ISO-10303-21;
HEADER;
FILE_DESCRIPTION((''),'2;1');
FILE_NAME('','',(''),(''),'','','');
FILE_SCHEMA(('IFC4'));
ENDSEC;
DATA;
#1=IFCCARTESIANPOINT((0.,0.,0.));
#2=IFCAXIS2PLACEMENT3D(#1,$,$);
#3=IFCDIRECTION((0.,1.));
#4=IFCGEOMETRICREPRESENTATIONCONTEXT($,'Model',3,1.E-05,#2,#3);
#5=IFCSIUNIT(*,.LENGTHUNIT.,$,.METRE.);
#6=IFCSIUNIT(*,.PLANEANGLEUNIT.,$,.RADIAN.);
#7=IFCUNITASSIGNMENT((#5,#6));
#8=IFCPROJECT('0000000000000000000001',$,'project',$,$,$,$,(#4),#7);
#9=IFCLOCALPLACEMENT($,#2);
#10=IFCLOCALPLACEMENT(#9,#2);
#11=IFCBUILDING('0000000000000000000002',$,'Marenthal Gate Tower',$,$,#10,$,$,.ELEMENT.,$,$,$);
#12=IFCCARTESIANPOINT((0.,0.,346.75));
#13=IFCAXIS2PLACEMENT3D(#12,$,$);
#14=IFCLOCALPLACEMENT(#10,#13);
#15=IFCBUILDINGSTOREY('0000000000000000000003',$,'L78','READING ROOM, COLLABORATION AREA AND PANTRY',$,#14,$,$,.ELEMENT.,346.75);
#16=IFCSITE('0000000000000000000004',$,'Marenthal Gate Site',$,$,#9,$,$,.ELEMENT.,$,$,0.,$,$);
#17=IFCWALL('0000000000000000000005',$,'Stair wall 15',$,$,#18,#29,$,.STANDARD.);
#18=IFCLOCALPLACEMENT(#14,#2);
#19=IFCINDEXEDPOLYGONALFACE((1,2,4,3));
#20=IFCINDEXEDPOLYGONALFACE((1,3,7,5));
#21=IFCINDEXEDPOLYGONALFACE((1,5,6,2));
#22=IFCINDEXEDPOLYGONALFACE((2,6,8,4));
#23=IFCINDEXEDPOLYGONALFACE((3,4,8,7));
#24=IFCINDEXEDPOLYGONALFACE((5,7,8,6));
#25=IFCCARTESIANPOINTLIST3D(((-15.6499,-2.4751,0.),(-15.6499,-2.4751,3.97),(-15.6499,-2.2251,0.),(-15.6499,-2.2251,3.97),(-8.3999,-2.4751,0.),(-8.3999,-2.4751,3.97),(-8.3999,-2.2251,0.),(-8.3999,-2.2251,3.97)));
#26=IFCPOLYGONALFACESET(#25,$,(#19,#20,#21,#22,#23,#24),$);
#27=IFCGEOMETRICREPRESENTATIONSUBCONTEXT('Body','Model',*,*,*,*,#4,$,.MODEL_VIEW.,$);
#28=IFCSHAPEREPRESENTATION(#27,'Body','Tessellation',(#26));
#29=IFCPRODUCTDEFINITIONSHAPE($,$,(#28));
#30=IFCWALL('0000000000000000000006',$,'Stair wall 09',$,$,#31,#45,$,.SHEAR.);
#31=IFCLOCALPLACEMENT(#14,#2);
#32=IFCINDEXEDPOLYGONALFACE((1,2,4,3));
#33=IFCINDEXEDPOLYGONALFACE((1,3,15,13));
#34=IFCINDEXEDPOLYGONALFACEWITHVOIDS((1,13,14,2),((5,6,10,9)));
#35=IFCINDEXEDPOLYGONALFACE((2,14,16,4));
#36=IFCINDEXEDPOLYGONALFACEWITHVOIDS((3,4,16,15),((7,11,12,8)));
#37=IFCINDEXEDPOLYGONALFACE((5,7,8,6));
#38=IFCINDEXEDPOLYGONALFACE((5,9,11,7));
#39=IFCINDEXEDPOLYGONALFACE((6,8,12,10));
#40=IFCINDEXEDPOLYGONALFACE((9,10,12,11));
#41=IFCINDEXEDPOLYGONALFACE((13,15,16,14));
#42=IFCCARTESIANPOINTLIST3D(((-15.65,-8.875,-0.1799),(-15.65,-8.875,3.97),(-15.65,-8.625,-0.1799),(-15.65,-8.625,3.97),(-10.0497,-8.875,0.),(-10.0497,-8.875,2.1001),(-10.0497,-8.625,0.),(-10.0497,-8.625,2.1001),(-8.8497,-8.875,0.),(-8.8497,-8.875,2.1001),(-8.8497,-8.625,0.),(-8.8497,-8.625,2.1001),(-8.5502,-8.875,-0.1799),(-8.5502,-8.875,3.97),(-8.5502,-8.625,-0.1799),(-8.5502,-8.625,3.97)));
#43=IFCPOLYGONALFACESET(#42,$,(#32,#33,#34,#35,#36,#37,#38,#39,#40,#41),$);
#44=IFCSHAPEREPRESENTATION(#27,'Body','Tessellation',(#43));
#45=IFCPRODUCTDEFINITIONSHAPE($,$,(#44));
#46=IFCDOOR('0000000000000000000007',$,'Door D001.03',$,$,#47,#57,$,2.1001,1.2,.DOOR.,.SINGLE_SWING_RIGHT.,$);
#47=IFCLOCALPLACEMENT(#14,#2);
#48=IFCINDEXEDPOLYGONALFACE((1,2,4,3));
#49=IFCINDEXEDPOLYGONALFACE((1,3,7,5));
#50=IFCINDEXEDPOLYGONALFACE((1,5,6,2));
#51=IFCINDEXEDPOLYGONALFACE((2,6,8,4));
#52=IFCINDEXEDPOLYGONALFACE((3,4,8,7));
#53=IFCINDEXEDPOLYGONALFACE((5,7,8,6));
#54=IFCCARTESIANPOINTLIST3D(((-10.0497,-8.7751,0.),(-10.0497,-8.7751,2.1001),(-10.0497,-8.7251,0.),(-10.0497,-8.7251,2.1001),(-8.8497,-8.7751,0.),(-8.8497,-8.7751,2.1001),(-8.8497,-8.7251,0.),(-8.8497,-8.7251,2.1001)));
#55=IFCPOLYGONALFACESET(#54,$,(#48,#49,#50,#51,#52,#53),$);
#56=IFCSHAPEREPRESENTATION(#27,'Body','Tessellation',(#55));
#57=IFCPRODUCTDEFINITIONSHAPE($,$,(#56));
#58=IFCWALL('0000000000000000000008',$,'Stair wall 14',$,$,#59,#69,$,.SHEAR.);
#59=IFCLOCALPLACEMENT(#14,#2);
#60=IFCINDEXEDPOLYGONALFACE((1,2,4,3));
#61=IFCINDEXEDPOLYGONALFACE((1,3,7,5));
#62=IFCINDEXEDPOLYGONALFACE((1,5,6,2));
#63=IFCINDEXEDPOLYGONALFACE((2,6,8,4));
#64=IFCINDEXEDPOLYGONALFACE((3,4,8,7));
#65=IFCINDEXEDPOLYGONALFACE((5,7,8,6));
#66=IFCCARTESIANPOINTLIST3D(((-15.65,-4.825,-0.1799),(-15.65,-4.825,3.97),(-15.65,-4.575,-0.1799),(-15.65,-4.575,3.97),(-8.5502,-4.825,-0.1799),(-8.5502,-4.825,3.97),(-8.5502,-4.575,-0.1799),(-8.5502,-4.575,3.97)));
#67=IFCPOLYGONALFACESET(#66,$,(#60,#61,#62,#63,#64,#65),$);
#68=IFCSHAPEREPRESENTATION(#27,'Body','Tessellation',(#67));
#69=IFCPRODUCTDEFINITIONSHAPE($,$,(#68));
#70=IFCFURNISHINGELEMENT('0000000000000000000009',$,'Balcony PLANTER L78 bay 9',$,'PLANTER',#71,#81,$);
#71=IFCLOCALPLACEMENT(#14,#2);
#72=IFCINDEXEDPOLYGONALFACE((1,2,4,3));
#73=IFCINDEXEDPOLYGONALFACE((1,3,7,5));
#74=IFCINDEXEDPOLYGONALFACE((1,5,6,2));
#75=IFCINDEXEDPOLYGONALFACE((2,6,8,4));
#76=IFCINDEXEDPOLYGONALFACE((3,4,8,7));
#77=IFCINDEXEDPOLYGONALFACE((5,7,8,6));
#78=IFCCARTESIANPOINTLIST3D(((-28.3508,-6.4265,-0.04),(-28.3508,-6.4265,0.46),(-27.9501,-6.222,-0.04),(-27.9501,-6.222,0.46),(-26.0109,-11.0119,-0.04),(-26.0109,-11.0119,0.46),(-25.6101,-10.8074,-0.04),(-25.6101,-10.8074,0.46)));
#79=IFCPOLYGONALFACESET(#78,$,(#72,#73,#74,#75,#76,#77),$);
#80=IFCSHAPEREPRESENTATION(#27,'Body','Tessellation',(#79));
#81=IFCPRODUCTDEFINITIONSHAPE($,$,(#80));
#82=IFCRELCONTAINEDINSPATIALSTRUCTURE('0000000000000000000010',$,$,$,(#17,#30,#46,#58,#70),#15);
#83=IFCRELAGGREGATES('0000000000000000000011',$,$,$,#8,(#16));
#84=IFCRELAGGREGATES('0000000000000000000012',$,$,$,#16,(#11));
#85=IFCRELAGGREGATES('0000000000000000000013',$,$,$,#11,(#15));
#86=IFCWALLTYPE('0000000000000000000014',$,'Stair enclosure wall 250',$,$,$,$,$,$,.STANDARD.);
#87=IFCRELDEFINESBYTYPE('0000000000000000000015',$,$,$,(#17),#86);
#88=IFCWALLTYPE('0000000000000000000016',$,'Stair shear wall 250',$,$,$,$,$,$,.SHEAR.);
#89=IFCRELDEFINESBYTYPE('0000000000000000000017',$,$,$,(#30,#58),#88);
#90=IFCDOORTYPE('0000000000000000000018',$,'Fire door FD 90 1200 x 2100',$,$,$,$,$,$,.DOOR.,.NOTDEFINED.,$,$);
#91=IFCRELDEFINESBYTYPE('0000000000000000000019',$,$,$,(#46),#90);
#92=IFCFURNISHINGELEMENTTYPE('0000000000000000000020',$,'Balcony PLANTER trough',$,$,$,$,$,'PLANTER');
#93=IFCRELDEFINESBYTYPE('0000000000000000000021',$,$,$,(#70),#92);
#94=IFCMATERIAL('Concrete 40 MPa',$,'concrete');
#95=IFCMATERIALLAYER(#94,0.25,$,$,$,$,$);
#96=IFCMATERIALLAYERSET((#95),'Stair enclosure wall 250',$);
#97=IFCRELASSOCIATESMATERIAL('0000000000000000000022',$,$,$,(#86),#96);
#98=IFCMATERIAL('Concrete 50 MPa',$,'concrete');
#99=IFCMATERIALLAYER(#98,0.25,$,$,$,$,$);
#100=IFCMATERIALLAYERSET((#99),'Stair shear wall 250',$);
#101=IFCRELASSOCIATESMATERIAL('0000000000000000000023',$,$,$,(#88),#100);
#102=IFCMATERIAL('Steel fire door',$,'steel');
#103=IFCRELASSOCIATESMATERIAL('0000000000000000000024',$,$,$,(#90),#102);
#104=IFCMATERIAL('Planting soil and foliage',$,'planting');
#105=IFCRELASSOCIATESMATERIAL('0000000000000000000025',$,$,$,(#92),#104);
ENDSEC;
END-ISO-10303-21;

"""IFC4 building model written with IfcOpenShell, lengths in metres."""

from ifc_helpers import new_model, si_unit, direction, frame, frame_2d, origin, origin_2d, place, context, subcontext, project, spatial, rectangle, extrude, material, layer, layer_set, type_object, element, fill, save


model = new_model("IFC4")

# Units and contexts
model_context = context("Model", 3, precision=1e-05, world=origin(), true_north=direction((0.0, 1.0)))
body_context = subcontext(model_context, "Body", "Model", "MODEL_VIEW")
ifc_project = project(units=[si_unit("LENGTHUNIT", "METRE"), si_unit("PLANEANGLEUNIT", "RADIAN")], contexts=[model_context])

# Site, building, storey
site_placement = place(None, origin())
site = spatial("IfcSite", under=ifc_project, at=site_placement, Name="Marenthal Gate Site", CompositionType="ELEMENT", RefElevation=0.0)
building_placement = place(site_placement, origin())
building = spatial("IfcBuilding", under=site, at=building_placement, Name="Marenthal Gate Tower", CompositionType="ELEMENT")
storey_placement = place(building_placement, frame((0.0, 0.0, 346.75)))
storey = spatial("IfcBuildingStorey", under=building, at=storey_placement, Name="L78", Description="READING ROOM, COLLABORATION AREA AND PANTRY", CompositionType="ELEMENT", Elevation=346.75)

# Wall
ifc_material_1 = material(Name="Concrete 40 MPa", Category="concrete")
ifc_layer_1 = layer(ifc_material_1, 0.25)
ifc_layer_set_1 = layer_set([ifc_layer_1], Name="Stair enclosure wall 250")
wall_type_1 = type_object("IfcWallType", Name="Stair enclosure wall 250", PredefinedType="STANDARD", material=ifc_layer_set_1)
wall_1_placement = place(storey_placement, frame((-15.6499, -2.3501, 0.0), z_axis=(0.0, 0.0, 1.0), x_axis=(1.0, 0.0, 0.0)))
element("IfcWall", 1, at=wall_1_placement, inside=storey, type_object=wall_type_1, Name="Stair wall 15", PredefinedType="STANDARD", context=body_context, shape_type="SweptSolid", body=[
    extrude(rectangle(XDim=7.25, YDim=0.25, at=frame_2d((3.625, 0.0))), origin(), (0.0, 0.0, 1.0), 3.97),
])

# Wall, opening, door
ifc_material_2 = material(Name="Concrete 50 MPa", Category="concrete")
ifc_layer_2 = layer(ifc_material_2, 0.25)
ifc_layer_set_2 = layer_set([ifc_layer_2], Name="Stair shear wall 250")
wall_type_2 = type_object("IfcWallType", Name="Stair shear wall 250", PredefinedType="SHEAR", material=ifc_layer_set_2)
wall_2_placement = place(storey_placement, frame((-15.6499, -8.75, -0.1799), z_axis=(0.0, 0.0, 1.0), x_axis=(1.0, 0.0, 0.0)))
wall_2 = element("IfcWall", 2, at=wall_2_placement, inside=storey, type_object=wall_type_2, Name="Stair wall 09", PredefinedType="SHEAR", context=body_context, shape_type="SweptSolid", body=[
    extrude(rectangle(XDim=7.0999, YDim=0.25, at=frame_2d((3.5498, 0.0))), origin(), (0.0, 0.0, 1.0), 4.1499),
])
opening_1_placement = place(wall_2_placement, frame((5.6001, 0.0, 0.1799)))
opening_1 = element("IfcOpeningElement", 3, at=opening_1_placement, cuts=wall_2, PredefinedType="OPENING", context=body_context, shape_type="SweptSolid", body=[
    extrude(rectangle(XDim=1.2, YDim=2.1001, at=frame_2d((0.6001, 1.05))), frame((0.0, 0.135, 0.0), z_axis=(0.0, -1.0, 0.0), x_axis=(1.0, 0.0, 0.0)), (0.0, 0.0, 1.0), 0.27),
])
ifc_material_3 = material(Name="Steel fire door", Category="steel")
door_type_1 = type_object("IfcDoorType", Name="Fire door FD 90 1200 x 2100", OperationType="NOTDEFINED", PredefinedType="DOOR", material=ifc_material_3)
door_1_placement = place(opening_1_placement, origin())
door_1 = element("IfcDoor", 4, at=door_1_placement, inside=storey, type_object=door_type_1, Name="Door D001.03", OperationType="SINGLE_SWING_RIGHT", OverallHeight=2.1001, OverallWidth=1.2, PredefinedType="DOOR", context=body_context, shape_type="SweptSolid", body=[
    extrude(rectangle(XDim=1.2, YDim=2.1001, at=frame_2d((0.6001, 1.05))), frame((0.0, 0.0249, 0.0), z_axis=(0.0, -1.0, 0.0), x_axis=(1.0, 0.0, 0.0)), (0.0, 0.0, 1.0), 0.05),
])
fill(opening_1, door_1)

# Wall
wall_3_placement = place(storey_placement, frame((-15.6499, -4.7, -0.1799), z_axis=(0.0, 0.0, 1.0), x_axis=(1.0, 0.0, 0.0)))
element("IfcWall", 5, at=wall_3_placement, inside=storey, type_object=wall_type_2, Name="Stair wall 14", PredefinedType="SHEAR", context=body_context, shape_type="SweptSolid", body=[
    extrude(rectangle(XDim=7.0999, YDim=0.25, at=frame_2d((3.5498, 0.0))), origin(), (0.0, 0.0, 1.0), 4.1499),
])

# Furnishing element
ifc_material_4 = material(Name="Planting soil and foliage", Category="planting")
furnishing_element_type = type_object("IfcFurnishingElementType", Name="Balcony PLANTER trough", ElementType="PLANTER", material=ifc_material_4)
furnishing_placement = place(storey_placement, frame((-26.9805, -8.6169, -0.04), z_axis=(0.0, 0.0, 1.0), x_axis=(0.454546, -0.890723, 0.0)))
element("IfcFurnishingElement", 6, at=furnishing_placement, inside=storey, type_object=furnishing_element_type, Name="Balcony PLANTER L78 bay 9", ObjectType="PLANTER", context=body_context, shape_type="SweptSolid", body=[
    extrude(rectangle(XDim=5.1479, YDim=0.45, at=origin_2d()), origin(), (0.0, 0.0, 1.0), 0.5),
])

save(model, "model.ifc")
